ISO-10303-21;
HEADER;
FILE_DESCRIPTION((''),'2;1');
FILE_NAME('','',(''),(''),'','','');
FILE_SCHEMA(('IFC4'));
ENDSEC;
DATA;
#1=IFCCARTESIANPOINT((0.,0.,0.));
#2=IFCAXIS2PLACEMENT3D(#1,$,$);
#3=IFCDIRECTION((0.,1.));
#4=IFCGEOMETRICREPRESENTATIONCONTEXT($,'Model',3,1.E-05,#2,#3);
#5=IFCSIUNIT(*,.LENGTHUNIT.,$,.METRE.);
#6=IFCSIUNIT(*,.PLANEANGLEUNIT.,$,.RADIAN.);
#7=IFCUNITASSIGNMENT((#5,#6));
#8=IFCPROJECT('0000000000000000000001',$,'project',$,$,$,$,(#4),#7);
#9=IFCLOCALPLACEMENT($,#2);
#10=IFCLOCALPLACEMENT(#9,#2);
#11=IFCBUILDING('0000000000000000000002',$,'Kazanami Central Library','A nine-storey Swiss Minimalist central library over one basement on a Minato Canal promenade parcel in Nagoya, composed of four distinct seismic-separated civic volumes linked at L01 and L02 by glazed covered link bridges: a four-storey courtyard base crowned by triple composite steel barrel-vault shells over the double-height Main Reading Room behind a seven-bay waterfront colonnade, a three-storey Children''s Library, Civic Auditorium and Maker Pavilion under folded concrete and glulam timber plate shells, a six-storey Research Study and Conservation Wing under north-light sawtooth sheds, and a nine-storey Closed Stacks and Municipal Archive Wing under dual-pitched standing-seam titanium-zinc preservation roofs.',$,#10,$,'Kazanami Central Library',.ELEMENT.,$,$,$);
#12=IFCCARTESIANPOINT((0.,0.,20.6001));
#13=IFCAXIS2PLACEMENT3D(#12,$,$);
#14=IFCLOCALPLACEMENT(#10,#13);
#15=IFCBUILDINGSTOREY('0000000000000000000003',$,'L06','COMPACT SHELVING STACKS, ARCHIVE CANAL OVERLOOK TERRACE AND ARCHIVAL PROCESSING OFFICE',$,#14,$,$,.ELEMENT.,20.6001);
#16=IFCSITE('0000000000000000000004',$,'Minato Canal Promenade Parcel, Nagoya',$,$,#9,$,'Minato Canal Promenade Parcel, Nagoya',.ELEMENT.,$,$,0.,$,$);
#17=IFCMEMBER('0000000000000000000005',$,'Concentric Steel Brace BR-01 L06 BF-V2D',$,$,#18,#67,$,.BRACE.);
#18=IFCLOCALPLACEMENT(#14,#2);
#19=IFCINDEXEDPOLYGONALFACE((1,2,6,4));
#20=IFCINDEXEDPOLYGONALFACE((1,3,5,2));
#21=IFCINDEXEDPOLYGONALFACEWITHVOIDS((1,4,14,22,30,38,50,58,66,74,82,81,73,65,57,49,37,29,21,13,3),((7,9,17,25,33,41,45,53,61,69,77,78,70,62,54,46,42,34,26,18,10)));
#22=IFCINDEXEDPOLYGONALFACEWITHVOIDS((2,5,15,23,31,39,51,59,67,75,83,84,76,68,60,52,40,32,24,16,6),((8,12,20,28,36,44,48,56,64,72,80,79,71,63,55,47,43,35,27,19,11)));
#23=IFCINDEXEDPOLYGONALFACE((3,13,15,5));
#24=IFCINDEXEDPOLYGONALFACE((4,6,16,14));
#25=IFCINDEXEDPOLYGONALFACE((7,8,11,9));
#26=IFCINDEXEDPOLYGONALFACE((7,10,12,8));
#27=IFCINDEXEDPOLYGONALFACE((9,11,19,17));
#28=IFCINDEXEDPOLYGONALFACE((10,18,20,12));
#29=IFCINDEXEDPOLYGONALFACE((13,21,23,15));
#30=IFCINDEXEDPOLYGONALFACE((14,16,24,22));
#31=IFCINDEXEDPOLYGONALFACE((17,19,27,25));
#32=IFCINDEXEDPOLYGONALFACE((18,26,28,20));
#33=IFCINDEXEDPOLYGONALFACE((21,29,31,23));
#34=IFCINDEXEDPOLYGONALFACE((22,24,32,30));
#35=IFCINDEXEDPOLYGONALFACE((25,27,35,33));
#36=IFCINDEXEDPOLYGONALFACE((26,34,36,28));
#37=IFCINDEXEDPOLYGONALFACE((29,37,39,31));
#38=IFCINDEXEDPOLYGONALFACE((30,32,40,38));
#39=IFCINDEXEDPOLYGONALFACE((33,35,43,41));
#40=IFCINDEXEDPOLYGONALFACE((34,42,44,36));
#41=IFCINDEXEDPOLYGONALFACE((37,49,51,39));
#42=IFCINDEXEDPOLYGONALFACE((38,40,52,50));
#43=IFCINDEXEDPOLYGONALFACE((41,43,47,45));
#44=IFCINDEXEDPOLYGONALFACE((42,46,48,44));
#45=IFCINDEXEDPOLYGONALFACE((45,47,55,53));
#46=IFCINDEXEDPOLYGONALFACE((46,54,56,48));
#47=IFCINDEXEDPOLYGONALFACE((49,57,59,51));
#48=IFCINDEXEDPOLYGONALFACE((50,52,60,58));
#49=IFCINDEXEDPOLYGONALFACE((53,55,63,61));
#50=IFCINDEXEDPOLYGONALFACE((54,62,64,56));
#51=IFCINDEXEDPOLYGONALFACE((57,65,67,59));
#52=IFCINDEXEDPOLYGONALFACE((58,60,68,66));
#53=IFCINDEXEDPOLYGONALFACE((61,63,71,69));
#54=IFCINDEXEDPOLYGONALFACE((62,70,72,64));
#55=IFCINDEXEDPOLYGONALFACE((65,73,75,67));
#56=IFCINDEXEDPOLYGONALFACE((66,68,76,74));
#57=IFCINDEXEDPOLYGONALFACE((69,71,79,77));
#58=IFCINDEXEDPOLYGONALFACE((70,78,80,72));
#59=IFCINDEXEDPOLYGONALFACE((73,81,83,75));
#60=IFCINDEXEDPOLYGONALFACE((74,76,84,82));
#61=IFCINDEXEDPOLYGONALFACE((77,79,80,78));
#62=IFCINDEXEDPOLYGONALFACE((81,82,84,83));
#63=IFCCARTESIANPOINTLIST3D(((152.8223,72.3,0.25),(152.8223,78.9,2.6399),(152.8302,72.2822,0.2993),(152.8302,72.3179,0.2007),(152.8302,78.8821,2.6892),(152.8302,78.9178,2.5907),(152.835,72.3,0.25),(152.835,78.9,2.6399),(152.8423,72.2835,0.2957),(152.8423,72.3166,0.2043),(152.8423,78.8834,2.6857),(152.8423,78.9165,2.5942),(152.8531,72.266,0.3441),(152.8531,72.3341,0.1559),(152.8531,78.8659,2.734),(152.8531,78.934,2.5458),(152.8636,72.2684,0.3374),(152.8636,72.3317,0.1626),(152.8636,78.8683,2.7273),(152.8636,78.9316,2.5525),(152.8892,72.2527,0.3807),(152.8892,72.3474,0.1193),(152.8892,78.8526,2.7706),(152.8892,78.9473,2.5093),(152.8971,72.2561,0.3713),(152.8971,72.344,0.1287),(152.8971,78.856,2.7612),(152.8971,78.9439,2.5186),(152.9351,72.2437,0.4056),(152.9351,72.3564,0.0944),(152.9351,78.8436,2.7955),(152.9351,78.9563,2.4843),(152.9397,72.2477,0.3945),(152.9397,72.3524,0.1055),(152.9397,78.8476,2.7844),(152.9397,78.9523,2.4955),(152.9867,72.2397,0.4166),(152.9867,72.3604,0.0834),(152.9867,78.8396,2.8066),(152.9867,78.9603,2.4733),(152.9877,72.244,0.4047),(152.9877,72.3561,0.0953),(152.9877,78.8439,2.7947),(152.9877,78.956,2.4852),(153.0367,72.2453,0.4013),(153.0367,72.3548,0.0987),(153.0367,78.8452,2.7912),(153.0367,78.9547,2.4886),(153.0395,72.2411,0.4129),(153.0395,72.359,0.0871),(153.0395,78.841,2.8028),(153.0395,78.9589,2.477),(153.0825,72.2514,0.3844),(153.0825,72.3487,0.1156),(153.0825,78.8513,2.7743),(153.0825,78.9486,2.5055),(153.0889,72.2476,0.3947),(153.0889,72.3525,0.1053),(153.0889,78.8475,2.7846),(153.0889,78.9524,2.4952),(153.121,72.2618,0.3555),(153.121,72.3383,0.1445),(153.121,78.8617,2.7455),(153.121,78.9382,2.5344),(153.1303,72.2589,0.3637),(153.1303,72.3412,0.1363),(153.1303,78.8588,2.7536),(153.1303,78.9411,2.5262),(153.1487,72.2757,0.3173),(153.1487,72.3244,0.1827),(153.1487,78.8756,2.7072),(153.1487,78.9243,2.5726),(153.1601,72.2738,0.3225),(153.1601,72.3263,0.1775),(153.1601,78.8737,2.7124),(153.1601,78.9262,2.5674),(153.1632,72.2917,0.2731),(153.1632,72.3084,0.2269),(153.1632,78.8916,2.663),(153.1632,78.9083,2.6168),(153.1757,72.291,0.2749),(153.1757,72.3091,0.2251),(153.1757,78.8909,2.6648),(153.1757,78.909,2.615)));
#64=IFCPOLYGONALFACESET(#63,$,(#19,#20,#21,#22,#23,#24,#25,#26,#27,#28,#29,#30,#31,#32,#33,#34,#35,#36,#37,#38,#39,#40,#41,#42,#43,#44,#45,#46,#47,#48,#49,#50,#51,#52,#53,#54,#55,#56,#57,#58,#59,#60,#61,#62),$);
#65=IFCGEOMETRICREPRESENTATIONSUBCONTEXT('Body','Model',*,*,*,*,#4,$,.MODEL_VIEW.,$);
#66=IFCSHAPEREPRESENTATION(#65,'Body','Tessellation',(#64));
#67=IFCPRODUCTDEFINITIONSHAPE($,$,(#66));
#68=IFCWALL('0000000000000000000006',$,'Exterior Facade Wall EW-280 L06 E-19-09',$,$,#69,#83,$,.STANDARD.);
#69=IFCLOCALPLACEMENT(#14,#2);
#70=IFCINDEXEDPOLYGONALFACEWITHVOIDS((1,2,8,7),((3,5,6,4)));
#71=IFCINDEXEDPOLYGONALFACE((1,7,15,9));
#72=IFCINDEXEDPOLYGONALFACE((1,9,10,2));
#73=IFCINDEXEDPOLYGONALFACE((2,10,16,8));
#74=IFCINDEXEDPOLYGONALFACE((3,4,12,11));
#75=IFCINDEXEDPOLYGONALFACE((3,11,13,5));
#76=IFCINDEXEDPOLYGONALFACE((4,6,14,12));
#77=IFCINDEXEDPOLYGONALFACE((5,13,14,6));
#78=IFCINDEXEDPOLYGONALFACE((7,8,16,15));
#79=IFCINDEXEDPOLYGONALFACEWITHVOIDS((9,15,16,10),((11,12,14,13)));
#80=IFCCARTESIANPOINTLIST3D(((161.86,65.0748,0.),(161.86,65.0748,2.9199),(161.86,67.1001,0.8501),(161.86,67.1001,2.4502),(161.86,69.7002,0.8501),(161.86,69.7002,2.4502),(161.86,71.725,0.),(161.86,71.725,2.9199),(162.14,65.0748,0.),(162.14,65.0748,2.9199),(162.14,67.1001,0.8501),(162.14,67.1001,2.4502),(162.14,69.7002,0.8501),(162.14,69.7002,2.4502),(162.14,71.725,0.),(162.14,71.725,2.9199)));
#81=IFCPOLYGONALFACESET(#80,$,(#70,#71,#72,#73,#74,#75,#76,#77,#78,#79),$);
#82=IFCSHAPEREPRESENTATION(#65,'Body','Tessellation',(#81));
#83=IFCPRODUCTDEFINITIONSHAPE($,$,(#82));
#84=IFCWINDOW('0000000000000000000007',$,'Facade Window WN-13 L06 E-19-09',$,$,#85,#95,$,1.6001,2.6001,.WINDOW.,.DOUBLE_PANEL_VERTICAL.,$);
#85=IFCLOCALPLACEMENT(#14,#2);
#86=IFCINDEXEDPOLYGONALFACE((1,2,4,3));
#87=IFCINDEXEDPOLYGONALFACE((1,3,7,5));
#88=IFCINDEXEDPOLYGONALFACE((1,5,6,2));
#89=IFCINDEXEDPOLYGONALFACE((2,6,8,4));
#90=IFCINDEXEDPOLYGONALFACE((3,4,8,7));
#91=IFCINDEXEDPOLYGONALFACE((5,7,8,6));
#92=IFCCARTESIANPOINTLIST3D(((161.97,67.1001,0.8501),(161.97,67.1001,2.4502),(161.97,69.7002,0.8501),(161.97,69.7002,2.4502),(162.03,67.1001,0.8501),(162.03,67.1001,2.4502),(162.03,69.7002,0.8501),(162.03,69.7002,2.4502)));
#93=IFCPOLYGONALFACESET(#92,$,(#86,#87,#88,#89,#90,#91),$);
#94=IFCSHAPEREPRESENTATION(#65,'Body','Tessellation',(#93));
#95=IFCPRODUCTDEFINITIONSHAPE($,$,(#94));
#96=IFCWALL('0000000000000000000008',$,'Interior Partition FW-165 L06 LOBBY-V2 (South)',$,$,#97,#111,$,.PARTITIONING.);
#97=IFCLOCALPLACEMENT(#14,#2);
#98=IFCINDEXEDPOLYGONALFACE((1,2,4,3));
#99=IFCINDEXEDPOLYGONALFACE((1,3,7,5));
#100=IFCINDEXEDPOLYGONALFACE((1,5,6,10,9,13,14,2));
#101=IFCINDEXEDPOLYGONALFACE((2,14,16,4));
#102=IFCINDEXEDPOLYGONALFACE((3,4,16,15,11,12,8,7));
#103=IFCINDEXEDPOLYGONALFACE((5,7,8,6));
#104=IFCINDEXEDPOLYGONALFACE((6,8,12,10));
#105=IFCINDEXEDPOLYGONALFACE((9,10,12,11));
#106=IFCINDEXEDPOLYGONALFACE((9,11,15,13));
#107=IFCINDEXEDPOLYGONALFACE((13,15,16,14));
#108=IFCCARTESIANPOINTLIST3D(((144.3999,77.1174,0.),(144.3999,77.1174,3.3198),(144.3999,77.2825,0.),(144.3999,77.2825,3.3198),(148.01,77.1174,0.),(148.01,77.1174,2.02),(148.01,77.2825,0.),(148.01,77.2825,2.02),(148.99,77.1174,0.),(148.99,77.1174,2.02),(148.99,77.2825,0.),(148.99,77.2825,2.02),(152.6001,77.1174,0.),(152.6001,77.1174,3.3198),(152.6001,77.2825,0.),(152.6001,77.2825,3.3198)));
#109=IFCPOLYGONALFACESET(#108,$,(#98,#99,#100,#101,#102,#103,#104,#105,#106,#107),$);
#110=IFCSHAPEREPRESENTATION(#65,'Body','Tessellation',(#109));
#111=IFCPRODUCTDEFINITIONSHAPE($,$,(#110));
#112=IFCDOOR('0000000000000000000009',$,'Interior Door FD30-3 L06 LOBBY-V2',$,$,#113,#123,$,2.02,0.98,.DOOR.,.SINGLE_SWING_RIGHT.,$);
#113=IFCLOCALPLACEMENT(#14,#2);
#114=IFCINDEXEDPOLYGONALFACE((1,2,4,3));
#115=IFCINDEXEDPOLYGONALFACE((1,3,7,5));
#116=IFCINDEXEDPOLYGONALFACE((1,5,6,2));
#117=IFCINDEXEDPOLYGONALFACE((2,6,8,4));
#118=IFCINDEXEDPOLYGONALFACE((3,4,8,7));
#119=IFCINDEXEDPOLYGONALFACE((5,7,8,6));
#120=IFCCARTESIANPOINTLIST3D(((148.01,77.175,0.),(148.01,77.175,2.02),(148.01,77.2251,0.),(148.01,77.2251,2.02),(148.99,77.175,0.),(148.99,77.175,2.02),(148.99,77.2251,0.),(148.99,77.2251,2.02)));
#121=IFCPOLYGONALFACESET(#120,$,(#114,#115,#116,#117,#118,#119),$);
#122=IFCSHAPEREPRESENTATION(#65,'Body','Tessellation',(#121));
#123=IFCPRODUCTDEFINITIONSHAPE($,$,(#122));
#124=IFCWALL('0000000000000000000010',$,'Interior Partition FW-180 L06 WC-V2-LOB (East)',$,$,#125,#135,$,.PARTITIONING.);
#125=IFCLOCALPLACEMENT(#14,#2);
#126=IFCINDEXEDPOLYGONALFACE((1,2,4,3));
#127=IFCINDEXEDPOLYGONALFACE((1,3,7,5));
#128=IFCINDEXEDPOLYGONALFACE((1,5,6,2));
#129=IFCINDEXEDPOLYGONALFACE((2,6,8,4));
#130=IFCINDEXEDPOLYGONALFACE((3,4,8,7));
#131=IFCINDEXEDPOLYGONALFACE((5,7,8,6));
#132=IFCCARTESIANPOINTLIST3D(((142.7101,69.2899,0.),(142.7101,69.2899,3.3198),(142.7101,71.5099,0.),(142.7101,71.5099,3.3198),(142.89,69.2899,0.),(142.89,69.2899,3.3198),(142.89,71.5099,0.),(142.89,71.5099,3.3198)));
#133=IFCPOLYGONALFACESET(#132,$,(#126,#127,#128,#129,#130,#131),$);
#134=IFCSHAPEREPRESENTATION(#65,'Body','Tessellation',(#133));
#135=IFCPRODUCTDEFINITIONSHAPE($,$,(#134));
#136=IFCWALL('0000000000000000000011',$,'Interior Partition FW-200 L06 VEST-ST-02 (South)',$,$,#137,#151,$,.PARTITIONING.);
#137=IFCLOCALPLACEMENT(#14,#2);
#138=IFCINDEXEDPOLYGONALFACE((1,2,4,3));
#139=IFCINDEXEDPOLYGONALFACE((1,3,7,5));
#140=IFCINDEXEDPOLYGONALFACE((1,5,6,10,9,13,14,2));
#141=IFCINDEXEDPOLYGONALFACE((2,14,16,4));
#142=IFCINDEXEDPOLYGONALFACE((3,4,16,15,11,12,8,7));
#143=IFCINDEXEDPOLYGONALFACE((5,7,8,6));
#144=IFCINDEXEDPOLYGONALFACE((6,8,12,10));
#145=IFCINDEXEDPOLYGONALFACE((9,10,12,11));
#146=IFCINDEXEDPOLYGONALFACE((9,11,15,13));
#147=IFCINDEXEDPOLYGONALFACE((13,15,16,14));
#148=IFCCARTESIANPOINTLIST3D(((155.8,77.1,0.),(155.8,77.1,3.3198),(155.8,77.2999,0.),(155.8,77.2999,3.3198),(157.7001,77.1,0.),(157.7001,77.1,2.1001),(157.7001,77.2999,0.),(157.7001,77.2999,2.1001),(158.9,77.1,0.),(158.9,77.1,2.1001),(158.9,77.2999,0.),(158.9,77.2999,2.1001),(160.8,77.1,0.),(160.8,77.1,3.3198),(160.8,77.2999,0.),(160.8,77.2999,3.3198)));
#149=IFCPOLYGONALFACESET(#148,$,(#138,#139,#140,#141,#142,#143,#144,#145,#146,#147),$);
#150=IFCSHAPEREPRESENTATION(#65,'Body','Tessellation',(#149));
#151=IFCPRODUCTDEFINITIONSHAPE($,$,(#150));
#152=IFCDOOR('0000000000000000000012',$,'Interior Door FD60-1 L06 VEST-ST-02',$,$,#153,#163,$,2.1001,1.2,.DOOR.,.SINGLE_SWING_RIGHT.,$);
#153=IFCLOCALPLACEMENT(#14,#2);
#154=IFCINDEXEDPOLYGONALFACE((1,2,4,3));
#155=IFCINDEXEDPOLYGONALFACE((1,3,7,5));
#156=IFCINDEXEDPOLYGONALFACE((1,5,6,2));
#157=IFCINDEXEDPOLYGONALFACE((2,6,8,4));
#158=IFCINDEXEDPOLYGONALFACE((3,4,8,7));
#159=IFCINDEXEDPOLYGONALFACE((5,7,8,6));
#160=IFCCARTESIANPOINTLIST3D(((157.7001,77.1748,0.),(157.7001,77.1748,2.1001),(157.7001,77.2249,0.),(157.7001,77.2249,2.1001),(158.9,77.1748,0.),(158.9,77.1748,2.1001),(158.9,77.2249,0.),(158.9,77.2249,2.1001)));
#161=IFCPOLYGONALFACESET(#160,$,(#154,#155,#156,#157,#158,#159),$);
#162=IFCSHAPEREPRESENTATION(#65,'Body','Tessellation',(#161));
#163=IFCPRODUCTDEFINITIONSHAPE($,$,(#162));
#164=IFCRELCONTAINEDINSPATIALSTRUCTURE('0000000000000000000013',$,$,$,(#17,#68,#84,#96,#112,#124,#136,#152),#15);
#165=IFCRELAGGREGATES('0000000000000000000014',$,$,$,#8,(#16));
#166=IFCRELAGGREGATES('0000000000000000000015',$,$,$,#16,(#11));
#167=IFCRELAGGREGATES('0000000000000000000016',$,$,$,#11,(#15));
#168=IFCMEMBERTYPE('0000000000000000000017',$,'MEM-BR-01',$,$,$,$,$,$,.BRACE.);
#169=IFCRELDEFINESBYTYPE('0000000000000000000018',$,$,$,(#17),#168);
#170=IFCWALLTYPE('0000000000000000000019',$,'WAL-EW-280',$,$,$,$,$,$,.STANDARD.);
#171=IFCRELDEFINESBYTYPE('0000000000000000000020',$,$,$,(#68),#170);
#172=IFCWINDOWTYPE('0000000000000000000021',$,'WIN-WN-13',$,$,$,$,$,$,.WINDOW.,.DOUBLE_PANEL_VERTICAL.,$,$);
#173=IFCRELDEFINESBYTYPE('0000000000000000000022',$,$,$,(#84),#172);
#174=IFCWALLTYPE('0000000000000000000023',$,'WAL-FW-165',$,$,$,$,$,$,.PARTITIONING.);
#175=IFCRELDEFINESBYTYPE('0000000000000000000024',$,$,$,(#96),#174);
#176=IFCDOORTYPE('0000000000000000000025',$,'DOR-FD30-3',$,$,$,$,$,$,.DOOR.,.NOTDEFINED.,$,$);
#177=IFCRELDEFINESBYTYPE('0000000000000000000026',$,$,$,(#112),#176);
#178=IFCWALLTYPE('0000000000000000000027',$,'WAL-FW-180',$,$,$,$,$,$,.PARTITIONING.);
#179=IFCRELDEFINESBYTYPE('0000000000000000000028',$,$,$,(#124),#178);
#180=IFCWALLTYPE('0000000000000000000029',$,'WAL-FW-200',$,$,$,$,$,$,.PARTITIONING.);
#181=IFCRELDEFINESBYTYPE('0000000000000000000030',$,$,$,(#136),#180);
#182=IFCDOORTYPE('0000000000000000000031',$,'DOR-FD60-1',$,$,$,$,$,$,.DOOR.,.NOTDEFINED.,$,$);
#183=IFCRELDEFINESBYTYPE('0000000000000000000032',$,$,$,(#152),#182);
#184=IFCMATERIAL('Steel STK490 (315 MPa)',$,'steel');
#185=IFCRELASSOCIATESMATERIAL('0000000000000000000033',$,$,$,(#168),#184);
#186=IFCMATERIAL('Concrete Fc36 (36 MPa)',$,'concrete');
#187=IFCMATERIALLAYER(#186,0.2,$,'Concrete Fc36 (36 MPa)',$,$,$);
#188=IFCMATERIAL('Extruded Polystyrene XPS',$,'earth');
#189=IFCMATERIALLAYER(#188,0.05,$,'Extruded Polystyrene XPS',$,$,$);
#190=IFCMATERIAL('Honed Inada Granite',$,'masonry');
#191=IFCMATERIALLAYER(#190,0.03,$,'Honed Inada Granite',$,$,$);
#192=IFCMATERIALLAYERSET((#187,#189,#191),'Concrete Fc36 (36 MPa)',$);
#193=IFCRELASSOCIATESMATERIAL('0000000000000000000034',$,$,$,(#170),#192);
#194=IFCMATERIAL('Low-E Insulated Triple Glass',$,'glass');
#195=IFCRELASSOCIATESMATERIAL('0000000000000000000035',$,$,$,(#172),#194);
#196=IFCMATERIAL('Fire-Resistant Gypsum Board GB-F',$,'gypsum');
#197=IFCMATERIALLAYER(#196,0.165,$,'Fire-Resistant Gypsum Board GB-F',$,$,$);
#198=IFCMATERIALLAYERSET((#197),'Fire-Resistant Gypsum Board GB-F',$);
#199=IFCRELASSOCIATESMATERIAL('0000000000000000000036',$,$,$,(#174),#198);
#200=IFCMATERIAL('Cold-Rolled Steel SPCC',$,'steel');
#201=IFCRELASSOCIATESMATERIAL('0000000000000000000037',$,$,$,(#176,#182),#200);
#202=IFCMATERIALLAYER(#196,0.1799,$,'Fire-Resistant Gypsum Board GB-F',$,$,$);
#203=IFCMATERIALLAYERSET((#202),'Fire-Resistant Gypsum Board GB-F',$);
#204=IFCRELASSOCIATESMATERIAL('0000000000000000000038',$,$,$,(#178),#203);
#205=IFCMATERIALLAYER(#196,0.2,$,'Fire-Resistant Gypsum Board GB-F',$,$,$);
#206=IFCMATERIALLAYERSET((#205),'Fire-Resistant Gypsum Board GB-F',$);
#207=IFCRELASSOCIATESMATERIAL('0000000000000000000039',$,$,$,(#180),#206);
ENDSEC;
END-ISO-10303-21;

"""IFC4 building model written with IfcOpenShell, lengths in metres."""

from ifc_helpers import new_model, si_unit, direction, frame, frame_2d, origin, origin_2d, place, context, subcontext, project, spatial, rectangle, hollow_circle, extrude, material, layer, layer_set, material_profile, profile_set, type_object, element, fill, save


model = new_model("IFC4")

# Units and contexts
model_context = context("Model", 3, precision=1e-05, world=origin(), true_north=direction((0.0, 1.0)))
body_context = subcontext(model_context, "Body", "Model", "MODEL_VIEW")
ifc_project = project(units=[si_unit("LENGTHUNIT", "METRE"), si_unit("PLANEANGLEUNIT", "RADIAN")], contexts=[model_context])

# Site, building, storey
site_placement = place(None, origin())
site = spatial("IfcSite", under=ifc_project, at=site_placement, Name="Minato Canal Promenade Parcel, Nagoya", LongName="Minato Canal Promenade Parcel, Nagoya", CompositionType="ELEMENT", RefElevation=0.0)
building_placement = place(site_placement, origin())
building = spatial("IfcBuilding", under=site, at=building_placement, Name="Kazanami Central Library", Description="A nine-storey Swiss Minimalist central library over one basement on a Minato Canal promenade parcel in Nagoya, composed of four distinct seismic-separated civic volumes linked at L01 and L02 by glazed covered link bridges: a four-storey courtyard base crowned by triple composite steel barrel-vault shells over the double-height Main Reading Room behind a seven-bay waterfront colonnade, a three-storey Children's Library, Civic Auditorium and Maker Pavilion under folded concrete and glulam timber plate shells, a six-storey Research Study and Conservation Wing under north-light sawtooth sheds, and a nine-storey Closed Stacks and Municipal Archive Wing under dual-pitched standing-seam titanium-zinc preservation roofs.", LongName="Kazanami Central Library", CompositionType="ELEMENT")
storey_placement = place(building_placement, frame((0.0, 0.0, 20.6001)))
storey = spatial("IfcBuildingStorey", under=building, at=storey_placement, Name="L06", Description="COMPACT SHELVING STACKS, ARCHIVE CANAL OVERLOOK TERRACE AND ARCHIVAL PROCESSING OFFICE", CompositionType="ELEMENT", Elevation=20.6001)

# Member
ifc_material_1 = material(Name="Steel STK490 (315 MPa)", Category="steel")
ifc_material_profile_1 = material_profile(ifc_material_1, hollow_circle(Radius=0.1777, WallThickness=0.0127, at=origin_2d()), Name="CHS-355.6x12.7")
ifc_profile_set_1 = profile_set([ifc_material_profile_1], Name="Steel STK490 (315 MPa)")
member_type = type_object("IfcMemberType", Name="MEM-BR-01", PredefinedType="BRACE", material=ifc_profile_set_1)
member_placement = place(storey_placement, frame((153.0, 72.3, 0.25), z_axis=(0.0, 0.940253, 0.340478), x_axis=(-1.0, 0.0, 0.0)))
element("IfcMember", 1, at=member_placement, inside=storey, type_object=member_type, Name="Concentric Steel Brace BR-01 L06 BF-V2D", PredefinedType="BRACE", context=body_context, shape_type="SweptSolid", body=[
    extrude(hollow_circle(Radius=0.1777, WallThickness=0.0127, at=origin_2d()), origin(), (0.0, 0.0, 1.0), 7.0193),
])

# Wall, opening, window
ifc_material_2 = material(Name="Concrete Fc36 (36 MPa)", Category="concrete")
ifc_layer_1 = layer(ifc_material_2, 0.2, Name="Concrete Fc36 (36 MPa)")
ifc_material_3 = material(Name="Extruded Polystyrene XPS", Category="earth")
ifc_layer_2 = layer(ifc_material_3, 0.05, Name="Extruded Polystyrene XPS")
ifc_material_4 = material(Name="Honed Inada Granite", Category="masonry")
ifc_layer_3 = layer(ifc_material_4, 0.03, Name="Honed Inada Granite")
ifc_layer_set_1 = layer_set([ifc_layer_1, ifc_layer_2, ifc_layer_3], Name="Concrete Fc36 (36 MPa)")
wall_type_1 = type_object("IfcWallType", Name="WAL-EW-280", PredefinedType="STANDARD", material=ifc_layer_set_1)
wall_1_placement = place(storey_placement, frame((162.0, 71.7251, 0.0), z_axis=(0.0, 0.0, 1.0), x_axis=(0.0, -1.0, 0.0)))
wall_1 = element("IfcWall", 2, at=wall_1_placement, inside=storey, type_object=wall_type_1, Name="Exterior Facade Wall EW-280 L06 E-19-09", PredefinedType="STANDARD", context=body_context, shape_type="SweptSolid", body=[
    extrude(rectangle(XDim=6.6501, YDim=0.28, at=frame_2d((3.3252, 0.0))), origin(), (0.0, 0.0, 1.0), 2.9199),
])
opening_1_placement = place(wall_1_placement, frame((2.0249, 0.0, 0.8501)))
opening_1 = element("IfcOpeningElement", 3, at=opening_1_placement, cuts=wall_1, PredefinedType="OPENING", context=body_context, shape_type="SweptSolid", body=[
    extrude(rectangle(XDim=2.6001, YDim=1.6001, at=frame_2d((1.3, 0.8))), frame((0.0, 0.1519, 0.0), z_axis=(0.0, -1.0, 0.0), x_axis=(1.0, 0.0, 0.0)), (0.0, 0.0, 1.0), 0.304),
])
ifc_material_5 = material(Name="Low-E Insulated Triple Glass", Category="glass")
window_type = type_object("IfcWindowType", Name="WIN-WN-13", PartitioningType="DOUBLE_PANEL_VERTICAL", PredefinedType="WINDOW", material=ifc_material_5)
window_placement = place(opening_1_placement, origin())
window = element("IfcWindow", 4, at=window_placement, inside=storey, type_object=window_type, Name="Facade Window WN-13 L06 E-19-09", OverallHeight=1.6001, OverallWidth=2.6001, PartitioningType="DOUBLE_PANEL_VERTICAL", PredefinedType="WINDOW", context=body_context, shape_type="SweptSolid", body=[
    extrude(rectangle(XDim=2.6001, YDim=1.6001, at=frame_2d((1.3, 0.8))), frame((0.0, 0.03, 0.0), z_axis=(0.0, -1.0, 0.0), x_axis=(1.0, 0.0, 0.0)), (0.0, 0.0, 1.0), 0.0601),
])
fill(opening_1, window)

# Wall, opening, door
ifc_material_6 = material(Name="Fire-Resistant Gypsum Board GB-F", Category="gypsum")
ifc_layer_4 = layer(ifc_material_6, 0.165, Name="Fire-Resistant Gypsum Board GB-F")
ifc_layer_set_2 = layer_set([ifc_layer_4], Name="Fire-Resistant Gypsum Board GB-F")
wall_type_2 = type_object("IfcWallType", Name="WAL-FW-165", PredefinedType="PARTITIONING", material=ifc_layer_set_2)
wall_2_placement = place(storey_placement, frame((144.3999, 77.2, 0.0), z_axis=(0.0, 0.0, 1.0), x_axis=(1.0, 0.0, 0.0)))
wall_2 = element("IfcWall", 5, at=wall_2_placement, inside=storey, type_object=wall_type_2, Name="Interior Partition FW-165 L06 LOBBY-V2 (South)", PredefinedType="PARTITIONING", context=body_context, shape_type="SweptSolid", body=[
    extrude(rectangle(XDim=8.2002, YDim=0.165, at=frame_2d((4.1001, 0.0))), origin(), (0.0, 0.0, 1.0), 3.3198),
])
opening_2_placement = place(wall_2_placement, frame((3.6101, 0.0, 0.0)))
opening_2 = element("IfcOpeningElement", 6, at=opening_2_placement, cuts=wall_2, PredefinedType="OPENING", context=body_context, shape_type="SweptSolid", body=[
    extrude(rectangle(XDim=0.98, YDim=2.02, at=frame_2d((0.49, 1.01))), frame((0.0, 0.0945, 0.0), z_axis=(0.0, -1.0, 0.0), x_axis=(1.0, 0.0, 0.0)), (0.0, 0.0, 1.0), 0.189),
])
ifc_material_7 = material(Name="Cold-Rolled Steel SPCC", Category="steel")
door_type_1 = type_object("IfcDoorType", Name="DOR-FD30-3", OperationType="NOTDEFINED", PredefinedType="DOOR", material=ifc_material_7)
door_1_placement = place(opening_2_placement, frame((0.98, 0.0, 0.0), z_axis=(0.0, 0.0, 1.0), x_axis=(-1.0, 0.0, 0.0)))
door_1 = element("IfcDoor", 7, at=door_1_placement, inside=storey, type_object=door_type_1, Name="Interior Door FD30-3 L06 LOBBY-V2", OperationType="SINGLE_SWING_RIGHT", OverallHeight=2.02, OverallWidth=0.98, PredefinedType="DOOR", context=body_context, shape_type="SweptSolid", body=[
    extrude(rectangle(XDim=0.98, YDim=2.02, at=frame_2d((0.49, 1.01))), frame((0.0, 0.0249, 0.0), z_axis=(0.0, -1.0, 0.0), x_axis=(1.0, 0.0, 0.0)), (0.0, 0.0, 1.0), 0.05),
])
fill(opening_2, door_1)

# Wall
ifc_layer_5 = layer(ifc_material_6, 0.1799, Name="Fire-Resistant Gypsum Board GB-F")
ifc_layer_set_3 = layer_set([ifc_layer_5], Name="Fire-Resistant Gypsum Board GB-F")
wall_type_3 = type_object("IfcWallType", Name="WAL-FW-180", PredefinedType="PARTITIONING", material=ifc_layer_set_3)
wall_3_placement = place(storey_placement, frame((142.8, 69.29, 0.0), z_axis=(0.0, 0.0, 1.0), x_axis=(0.0, 1.0, 0.0)))
element("IfcWall", 8, at=wall_3_placement, inside=storey, type_object=wall_type_3, Name="Interior Partition FW-180 L06 WC-V2-LOB (East)", PredefinedType="PARTITIONING", context=body_context, shape_type="SweptSolid", body=[
    extrude(rectangle(XDim=2.22, YDim=0.1799, at=frame_2d((1.1099, 0.0))), origin(), (0.0, 0.0, 1.0), 3.3198),
])

# Wall, opening, door
ifc_layer_6 = layer(ifc_material_6, 0.2, Name="Fire-Resistant Gypsum Board GB-F")
ifc_layer_set_4 = layer_set([ifc_layer_6], Name="Fire-Resistant Gypsum Board GB-F")
wall_type_4 = type_object("IfcWallType", Name="WAL-FW-200", PredefinedType="PARTITIONING", material=ifc_layer_set_4)
wall_4_placement = place(storey_placement, frame((155.8, 77.2, 0.0), z_axis=(0.0, 0.0, 1.0), x_axis=(1.0, 0.0, 0.0)))
wall_4 = element("IfcWall", 9, at=wall_4_placement, inside=storey, type_object=wall_type_4, Name="Interior Partition FW-200 L06 VEST-ST-02 (South)", PredefinedType="PARTITIONING", context=body_context, shape_type="SweptSolid", body=[
    extrude(rectangle(XDim=5.0, YDim=0.2, at=frame_2d((2.5, 0.0))), origin(), (0.0, 0.0, 1.0), 3.3198),
])
opening_3_placement = place(wall_4_placement, frame((1.8999, 0.0, 0.0)))
opening_3 = element("IfcOpeningElement", 10, at=opening_3_placement, cuts=wall_4, PredefinedType="OPENING", context=body_context, shape_type="SweptSolid", body=[
    extrude(rectangle(XDim=1.2, YDim=2.1001, at=frame_2d((0.6001, 1.05))), frame((0.0, 0.1118, 0.0), z_axis=(0.0, -1.0, 0.0), x_axis=(1.0, 0.0, 0.0)), (0.0, 0.0, 1.0), 0.2239),
])
door_type_2 = type_object("IfcDoorType", Name="DOR-FD60-1", OperationType="NOTDEFINED", PredefinedType="DOOR", material=ifc_material_7)
door_2_placement = place(opening_3_placement, origin())
door_2 = element("IfcDoor", 11, at=door_2_placement, inside=storey, type_object=door_type_2, Name="Interior Door FD60-1 L06 VEST-ST-02", OperationType="SINGLE_SWING_RIGHT", OverallHeight=2.1001, OverallWidth=1.2, PredefinedType="DOOR", context=body_context, shape_type="SweptSolid", body=[
    extrude(rectangle(XDim=1.2, YDim=2.1001, at=frame_2d((0.6001, 1.05))), frame((0.0, 0.0249, 0.0), z_axis=(0.0, -1.0, 0.0), x_axis=(1.0, 0.0, 0.0)), (0.0, 0.0, 1.0), 0.05),
])
fill(opening_3, door_2)

save(model, "model.ifc")
